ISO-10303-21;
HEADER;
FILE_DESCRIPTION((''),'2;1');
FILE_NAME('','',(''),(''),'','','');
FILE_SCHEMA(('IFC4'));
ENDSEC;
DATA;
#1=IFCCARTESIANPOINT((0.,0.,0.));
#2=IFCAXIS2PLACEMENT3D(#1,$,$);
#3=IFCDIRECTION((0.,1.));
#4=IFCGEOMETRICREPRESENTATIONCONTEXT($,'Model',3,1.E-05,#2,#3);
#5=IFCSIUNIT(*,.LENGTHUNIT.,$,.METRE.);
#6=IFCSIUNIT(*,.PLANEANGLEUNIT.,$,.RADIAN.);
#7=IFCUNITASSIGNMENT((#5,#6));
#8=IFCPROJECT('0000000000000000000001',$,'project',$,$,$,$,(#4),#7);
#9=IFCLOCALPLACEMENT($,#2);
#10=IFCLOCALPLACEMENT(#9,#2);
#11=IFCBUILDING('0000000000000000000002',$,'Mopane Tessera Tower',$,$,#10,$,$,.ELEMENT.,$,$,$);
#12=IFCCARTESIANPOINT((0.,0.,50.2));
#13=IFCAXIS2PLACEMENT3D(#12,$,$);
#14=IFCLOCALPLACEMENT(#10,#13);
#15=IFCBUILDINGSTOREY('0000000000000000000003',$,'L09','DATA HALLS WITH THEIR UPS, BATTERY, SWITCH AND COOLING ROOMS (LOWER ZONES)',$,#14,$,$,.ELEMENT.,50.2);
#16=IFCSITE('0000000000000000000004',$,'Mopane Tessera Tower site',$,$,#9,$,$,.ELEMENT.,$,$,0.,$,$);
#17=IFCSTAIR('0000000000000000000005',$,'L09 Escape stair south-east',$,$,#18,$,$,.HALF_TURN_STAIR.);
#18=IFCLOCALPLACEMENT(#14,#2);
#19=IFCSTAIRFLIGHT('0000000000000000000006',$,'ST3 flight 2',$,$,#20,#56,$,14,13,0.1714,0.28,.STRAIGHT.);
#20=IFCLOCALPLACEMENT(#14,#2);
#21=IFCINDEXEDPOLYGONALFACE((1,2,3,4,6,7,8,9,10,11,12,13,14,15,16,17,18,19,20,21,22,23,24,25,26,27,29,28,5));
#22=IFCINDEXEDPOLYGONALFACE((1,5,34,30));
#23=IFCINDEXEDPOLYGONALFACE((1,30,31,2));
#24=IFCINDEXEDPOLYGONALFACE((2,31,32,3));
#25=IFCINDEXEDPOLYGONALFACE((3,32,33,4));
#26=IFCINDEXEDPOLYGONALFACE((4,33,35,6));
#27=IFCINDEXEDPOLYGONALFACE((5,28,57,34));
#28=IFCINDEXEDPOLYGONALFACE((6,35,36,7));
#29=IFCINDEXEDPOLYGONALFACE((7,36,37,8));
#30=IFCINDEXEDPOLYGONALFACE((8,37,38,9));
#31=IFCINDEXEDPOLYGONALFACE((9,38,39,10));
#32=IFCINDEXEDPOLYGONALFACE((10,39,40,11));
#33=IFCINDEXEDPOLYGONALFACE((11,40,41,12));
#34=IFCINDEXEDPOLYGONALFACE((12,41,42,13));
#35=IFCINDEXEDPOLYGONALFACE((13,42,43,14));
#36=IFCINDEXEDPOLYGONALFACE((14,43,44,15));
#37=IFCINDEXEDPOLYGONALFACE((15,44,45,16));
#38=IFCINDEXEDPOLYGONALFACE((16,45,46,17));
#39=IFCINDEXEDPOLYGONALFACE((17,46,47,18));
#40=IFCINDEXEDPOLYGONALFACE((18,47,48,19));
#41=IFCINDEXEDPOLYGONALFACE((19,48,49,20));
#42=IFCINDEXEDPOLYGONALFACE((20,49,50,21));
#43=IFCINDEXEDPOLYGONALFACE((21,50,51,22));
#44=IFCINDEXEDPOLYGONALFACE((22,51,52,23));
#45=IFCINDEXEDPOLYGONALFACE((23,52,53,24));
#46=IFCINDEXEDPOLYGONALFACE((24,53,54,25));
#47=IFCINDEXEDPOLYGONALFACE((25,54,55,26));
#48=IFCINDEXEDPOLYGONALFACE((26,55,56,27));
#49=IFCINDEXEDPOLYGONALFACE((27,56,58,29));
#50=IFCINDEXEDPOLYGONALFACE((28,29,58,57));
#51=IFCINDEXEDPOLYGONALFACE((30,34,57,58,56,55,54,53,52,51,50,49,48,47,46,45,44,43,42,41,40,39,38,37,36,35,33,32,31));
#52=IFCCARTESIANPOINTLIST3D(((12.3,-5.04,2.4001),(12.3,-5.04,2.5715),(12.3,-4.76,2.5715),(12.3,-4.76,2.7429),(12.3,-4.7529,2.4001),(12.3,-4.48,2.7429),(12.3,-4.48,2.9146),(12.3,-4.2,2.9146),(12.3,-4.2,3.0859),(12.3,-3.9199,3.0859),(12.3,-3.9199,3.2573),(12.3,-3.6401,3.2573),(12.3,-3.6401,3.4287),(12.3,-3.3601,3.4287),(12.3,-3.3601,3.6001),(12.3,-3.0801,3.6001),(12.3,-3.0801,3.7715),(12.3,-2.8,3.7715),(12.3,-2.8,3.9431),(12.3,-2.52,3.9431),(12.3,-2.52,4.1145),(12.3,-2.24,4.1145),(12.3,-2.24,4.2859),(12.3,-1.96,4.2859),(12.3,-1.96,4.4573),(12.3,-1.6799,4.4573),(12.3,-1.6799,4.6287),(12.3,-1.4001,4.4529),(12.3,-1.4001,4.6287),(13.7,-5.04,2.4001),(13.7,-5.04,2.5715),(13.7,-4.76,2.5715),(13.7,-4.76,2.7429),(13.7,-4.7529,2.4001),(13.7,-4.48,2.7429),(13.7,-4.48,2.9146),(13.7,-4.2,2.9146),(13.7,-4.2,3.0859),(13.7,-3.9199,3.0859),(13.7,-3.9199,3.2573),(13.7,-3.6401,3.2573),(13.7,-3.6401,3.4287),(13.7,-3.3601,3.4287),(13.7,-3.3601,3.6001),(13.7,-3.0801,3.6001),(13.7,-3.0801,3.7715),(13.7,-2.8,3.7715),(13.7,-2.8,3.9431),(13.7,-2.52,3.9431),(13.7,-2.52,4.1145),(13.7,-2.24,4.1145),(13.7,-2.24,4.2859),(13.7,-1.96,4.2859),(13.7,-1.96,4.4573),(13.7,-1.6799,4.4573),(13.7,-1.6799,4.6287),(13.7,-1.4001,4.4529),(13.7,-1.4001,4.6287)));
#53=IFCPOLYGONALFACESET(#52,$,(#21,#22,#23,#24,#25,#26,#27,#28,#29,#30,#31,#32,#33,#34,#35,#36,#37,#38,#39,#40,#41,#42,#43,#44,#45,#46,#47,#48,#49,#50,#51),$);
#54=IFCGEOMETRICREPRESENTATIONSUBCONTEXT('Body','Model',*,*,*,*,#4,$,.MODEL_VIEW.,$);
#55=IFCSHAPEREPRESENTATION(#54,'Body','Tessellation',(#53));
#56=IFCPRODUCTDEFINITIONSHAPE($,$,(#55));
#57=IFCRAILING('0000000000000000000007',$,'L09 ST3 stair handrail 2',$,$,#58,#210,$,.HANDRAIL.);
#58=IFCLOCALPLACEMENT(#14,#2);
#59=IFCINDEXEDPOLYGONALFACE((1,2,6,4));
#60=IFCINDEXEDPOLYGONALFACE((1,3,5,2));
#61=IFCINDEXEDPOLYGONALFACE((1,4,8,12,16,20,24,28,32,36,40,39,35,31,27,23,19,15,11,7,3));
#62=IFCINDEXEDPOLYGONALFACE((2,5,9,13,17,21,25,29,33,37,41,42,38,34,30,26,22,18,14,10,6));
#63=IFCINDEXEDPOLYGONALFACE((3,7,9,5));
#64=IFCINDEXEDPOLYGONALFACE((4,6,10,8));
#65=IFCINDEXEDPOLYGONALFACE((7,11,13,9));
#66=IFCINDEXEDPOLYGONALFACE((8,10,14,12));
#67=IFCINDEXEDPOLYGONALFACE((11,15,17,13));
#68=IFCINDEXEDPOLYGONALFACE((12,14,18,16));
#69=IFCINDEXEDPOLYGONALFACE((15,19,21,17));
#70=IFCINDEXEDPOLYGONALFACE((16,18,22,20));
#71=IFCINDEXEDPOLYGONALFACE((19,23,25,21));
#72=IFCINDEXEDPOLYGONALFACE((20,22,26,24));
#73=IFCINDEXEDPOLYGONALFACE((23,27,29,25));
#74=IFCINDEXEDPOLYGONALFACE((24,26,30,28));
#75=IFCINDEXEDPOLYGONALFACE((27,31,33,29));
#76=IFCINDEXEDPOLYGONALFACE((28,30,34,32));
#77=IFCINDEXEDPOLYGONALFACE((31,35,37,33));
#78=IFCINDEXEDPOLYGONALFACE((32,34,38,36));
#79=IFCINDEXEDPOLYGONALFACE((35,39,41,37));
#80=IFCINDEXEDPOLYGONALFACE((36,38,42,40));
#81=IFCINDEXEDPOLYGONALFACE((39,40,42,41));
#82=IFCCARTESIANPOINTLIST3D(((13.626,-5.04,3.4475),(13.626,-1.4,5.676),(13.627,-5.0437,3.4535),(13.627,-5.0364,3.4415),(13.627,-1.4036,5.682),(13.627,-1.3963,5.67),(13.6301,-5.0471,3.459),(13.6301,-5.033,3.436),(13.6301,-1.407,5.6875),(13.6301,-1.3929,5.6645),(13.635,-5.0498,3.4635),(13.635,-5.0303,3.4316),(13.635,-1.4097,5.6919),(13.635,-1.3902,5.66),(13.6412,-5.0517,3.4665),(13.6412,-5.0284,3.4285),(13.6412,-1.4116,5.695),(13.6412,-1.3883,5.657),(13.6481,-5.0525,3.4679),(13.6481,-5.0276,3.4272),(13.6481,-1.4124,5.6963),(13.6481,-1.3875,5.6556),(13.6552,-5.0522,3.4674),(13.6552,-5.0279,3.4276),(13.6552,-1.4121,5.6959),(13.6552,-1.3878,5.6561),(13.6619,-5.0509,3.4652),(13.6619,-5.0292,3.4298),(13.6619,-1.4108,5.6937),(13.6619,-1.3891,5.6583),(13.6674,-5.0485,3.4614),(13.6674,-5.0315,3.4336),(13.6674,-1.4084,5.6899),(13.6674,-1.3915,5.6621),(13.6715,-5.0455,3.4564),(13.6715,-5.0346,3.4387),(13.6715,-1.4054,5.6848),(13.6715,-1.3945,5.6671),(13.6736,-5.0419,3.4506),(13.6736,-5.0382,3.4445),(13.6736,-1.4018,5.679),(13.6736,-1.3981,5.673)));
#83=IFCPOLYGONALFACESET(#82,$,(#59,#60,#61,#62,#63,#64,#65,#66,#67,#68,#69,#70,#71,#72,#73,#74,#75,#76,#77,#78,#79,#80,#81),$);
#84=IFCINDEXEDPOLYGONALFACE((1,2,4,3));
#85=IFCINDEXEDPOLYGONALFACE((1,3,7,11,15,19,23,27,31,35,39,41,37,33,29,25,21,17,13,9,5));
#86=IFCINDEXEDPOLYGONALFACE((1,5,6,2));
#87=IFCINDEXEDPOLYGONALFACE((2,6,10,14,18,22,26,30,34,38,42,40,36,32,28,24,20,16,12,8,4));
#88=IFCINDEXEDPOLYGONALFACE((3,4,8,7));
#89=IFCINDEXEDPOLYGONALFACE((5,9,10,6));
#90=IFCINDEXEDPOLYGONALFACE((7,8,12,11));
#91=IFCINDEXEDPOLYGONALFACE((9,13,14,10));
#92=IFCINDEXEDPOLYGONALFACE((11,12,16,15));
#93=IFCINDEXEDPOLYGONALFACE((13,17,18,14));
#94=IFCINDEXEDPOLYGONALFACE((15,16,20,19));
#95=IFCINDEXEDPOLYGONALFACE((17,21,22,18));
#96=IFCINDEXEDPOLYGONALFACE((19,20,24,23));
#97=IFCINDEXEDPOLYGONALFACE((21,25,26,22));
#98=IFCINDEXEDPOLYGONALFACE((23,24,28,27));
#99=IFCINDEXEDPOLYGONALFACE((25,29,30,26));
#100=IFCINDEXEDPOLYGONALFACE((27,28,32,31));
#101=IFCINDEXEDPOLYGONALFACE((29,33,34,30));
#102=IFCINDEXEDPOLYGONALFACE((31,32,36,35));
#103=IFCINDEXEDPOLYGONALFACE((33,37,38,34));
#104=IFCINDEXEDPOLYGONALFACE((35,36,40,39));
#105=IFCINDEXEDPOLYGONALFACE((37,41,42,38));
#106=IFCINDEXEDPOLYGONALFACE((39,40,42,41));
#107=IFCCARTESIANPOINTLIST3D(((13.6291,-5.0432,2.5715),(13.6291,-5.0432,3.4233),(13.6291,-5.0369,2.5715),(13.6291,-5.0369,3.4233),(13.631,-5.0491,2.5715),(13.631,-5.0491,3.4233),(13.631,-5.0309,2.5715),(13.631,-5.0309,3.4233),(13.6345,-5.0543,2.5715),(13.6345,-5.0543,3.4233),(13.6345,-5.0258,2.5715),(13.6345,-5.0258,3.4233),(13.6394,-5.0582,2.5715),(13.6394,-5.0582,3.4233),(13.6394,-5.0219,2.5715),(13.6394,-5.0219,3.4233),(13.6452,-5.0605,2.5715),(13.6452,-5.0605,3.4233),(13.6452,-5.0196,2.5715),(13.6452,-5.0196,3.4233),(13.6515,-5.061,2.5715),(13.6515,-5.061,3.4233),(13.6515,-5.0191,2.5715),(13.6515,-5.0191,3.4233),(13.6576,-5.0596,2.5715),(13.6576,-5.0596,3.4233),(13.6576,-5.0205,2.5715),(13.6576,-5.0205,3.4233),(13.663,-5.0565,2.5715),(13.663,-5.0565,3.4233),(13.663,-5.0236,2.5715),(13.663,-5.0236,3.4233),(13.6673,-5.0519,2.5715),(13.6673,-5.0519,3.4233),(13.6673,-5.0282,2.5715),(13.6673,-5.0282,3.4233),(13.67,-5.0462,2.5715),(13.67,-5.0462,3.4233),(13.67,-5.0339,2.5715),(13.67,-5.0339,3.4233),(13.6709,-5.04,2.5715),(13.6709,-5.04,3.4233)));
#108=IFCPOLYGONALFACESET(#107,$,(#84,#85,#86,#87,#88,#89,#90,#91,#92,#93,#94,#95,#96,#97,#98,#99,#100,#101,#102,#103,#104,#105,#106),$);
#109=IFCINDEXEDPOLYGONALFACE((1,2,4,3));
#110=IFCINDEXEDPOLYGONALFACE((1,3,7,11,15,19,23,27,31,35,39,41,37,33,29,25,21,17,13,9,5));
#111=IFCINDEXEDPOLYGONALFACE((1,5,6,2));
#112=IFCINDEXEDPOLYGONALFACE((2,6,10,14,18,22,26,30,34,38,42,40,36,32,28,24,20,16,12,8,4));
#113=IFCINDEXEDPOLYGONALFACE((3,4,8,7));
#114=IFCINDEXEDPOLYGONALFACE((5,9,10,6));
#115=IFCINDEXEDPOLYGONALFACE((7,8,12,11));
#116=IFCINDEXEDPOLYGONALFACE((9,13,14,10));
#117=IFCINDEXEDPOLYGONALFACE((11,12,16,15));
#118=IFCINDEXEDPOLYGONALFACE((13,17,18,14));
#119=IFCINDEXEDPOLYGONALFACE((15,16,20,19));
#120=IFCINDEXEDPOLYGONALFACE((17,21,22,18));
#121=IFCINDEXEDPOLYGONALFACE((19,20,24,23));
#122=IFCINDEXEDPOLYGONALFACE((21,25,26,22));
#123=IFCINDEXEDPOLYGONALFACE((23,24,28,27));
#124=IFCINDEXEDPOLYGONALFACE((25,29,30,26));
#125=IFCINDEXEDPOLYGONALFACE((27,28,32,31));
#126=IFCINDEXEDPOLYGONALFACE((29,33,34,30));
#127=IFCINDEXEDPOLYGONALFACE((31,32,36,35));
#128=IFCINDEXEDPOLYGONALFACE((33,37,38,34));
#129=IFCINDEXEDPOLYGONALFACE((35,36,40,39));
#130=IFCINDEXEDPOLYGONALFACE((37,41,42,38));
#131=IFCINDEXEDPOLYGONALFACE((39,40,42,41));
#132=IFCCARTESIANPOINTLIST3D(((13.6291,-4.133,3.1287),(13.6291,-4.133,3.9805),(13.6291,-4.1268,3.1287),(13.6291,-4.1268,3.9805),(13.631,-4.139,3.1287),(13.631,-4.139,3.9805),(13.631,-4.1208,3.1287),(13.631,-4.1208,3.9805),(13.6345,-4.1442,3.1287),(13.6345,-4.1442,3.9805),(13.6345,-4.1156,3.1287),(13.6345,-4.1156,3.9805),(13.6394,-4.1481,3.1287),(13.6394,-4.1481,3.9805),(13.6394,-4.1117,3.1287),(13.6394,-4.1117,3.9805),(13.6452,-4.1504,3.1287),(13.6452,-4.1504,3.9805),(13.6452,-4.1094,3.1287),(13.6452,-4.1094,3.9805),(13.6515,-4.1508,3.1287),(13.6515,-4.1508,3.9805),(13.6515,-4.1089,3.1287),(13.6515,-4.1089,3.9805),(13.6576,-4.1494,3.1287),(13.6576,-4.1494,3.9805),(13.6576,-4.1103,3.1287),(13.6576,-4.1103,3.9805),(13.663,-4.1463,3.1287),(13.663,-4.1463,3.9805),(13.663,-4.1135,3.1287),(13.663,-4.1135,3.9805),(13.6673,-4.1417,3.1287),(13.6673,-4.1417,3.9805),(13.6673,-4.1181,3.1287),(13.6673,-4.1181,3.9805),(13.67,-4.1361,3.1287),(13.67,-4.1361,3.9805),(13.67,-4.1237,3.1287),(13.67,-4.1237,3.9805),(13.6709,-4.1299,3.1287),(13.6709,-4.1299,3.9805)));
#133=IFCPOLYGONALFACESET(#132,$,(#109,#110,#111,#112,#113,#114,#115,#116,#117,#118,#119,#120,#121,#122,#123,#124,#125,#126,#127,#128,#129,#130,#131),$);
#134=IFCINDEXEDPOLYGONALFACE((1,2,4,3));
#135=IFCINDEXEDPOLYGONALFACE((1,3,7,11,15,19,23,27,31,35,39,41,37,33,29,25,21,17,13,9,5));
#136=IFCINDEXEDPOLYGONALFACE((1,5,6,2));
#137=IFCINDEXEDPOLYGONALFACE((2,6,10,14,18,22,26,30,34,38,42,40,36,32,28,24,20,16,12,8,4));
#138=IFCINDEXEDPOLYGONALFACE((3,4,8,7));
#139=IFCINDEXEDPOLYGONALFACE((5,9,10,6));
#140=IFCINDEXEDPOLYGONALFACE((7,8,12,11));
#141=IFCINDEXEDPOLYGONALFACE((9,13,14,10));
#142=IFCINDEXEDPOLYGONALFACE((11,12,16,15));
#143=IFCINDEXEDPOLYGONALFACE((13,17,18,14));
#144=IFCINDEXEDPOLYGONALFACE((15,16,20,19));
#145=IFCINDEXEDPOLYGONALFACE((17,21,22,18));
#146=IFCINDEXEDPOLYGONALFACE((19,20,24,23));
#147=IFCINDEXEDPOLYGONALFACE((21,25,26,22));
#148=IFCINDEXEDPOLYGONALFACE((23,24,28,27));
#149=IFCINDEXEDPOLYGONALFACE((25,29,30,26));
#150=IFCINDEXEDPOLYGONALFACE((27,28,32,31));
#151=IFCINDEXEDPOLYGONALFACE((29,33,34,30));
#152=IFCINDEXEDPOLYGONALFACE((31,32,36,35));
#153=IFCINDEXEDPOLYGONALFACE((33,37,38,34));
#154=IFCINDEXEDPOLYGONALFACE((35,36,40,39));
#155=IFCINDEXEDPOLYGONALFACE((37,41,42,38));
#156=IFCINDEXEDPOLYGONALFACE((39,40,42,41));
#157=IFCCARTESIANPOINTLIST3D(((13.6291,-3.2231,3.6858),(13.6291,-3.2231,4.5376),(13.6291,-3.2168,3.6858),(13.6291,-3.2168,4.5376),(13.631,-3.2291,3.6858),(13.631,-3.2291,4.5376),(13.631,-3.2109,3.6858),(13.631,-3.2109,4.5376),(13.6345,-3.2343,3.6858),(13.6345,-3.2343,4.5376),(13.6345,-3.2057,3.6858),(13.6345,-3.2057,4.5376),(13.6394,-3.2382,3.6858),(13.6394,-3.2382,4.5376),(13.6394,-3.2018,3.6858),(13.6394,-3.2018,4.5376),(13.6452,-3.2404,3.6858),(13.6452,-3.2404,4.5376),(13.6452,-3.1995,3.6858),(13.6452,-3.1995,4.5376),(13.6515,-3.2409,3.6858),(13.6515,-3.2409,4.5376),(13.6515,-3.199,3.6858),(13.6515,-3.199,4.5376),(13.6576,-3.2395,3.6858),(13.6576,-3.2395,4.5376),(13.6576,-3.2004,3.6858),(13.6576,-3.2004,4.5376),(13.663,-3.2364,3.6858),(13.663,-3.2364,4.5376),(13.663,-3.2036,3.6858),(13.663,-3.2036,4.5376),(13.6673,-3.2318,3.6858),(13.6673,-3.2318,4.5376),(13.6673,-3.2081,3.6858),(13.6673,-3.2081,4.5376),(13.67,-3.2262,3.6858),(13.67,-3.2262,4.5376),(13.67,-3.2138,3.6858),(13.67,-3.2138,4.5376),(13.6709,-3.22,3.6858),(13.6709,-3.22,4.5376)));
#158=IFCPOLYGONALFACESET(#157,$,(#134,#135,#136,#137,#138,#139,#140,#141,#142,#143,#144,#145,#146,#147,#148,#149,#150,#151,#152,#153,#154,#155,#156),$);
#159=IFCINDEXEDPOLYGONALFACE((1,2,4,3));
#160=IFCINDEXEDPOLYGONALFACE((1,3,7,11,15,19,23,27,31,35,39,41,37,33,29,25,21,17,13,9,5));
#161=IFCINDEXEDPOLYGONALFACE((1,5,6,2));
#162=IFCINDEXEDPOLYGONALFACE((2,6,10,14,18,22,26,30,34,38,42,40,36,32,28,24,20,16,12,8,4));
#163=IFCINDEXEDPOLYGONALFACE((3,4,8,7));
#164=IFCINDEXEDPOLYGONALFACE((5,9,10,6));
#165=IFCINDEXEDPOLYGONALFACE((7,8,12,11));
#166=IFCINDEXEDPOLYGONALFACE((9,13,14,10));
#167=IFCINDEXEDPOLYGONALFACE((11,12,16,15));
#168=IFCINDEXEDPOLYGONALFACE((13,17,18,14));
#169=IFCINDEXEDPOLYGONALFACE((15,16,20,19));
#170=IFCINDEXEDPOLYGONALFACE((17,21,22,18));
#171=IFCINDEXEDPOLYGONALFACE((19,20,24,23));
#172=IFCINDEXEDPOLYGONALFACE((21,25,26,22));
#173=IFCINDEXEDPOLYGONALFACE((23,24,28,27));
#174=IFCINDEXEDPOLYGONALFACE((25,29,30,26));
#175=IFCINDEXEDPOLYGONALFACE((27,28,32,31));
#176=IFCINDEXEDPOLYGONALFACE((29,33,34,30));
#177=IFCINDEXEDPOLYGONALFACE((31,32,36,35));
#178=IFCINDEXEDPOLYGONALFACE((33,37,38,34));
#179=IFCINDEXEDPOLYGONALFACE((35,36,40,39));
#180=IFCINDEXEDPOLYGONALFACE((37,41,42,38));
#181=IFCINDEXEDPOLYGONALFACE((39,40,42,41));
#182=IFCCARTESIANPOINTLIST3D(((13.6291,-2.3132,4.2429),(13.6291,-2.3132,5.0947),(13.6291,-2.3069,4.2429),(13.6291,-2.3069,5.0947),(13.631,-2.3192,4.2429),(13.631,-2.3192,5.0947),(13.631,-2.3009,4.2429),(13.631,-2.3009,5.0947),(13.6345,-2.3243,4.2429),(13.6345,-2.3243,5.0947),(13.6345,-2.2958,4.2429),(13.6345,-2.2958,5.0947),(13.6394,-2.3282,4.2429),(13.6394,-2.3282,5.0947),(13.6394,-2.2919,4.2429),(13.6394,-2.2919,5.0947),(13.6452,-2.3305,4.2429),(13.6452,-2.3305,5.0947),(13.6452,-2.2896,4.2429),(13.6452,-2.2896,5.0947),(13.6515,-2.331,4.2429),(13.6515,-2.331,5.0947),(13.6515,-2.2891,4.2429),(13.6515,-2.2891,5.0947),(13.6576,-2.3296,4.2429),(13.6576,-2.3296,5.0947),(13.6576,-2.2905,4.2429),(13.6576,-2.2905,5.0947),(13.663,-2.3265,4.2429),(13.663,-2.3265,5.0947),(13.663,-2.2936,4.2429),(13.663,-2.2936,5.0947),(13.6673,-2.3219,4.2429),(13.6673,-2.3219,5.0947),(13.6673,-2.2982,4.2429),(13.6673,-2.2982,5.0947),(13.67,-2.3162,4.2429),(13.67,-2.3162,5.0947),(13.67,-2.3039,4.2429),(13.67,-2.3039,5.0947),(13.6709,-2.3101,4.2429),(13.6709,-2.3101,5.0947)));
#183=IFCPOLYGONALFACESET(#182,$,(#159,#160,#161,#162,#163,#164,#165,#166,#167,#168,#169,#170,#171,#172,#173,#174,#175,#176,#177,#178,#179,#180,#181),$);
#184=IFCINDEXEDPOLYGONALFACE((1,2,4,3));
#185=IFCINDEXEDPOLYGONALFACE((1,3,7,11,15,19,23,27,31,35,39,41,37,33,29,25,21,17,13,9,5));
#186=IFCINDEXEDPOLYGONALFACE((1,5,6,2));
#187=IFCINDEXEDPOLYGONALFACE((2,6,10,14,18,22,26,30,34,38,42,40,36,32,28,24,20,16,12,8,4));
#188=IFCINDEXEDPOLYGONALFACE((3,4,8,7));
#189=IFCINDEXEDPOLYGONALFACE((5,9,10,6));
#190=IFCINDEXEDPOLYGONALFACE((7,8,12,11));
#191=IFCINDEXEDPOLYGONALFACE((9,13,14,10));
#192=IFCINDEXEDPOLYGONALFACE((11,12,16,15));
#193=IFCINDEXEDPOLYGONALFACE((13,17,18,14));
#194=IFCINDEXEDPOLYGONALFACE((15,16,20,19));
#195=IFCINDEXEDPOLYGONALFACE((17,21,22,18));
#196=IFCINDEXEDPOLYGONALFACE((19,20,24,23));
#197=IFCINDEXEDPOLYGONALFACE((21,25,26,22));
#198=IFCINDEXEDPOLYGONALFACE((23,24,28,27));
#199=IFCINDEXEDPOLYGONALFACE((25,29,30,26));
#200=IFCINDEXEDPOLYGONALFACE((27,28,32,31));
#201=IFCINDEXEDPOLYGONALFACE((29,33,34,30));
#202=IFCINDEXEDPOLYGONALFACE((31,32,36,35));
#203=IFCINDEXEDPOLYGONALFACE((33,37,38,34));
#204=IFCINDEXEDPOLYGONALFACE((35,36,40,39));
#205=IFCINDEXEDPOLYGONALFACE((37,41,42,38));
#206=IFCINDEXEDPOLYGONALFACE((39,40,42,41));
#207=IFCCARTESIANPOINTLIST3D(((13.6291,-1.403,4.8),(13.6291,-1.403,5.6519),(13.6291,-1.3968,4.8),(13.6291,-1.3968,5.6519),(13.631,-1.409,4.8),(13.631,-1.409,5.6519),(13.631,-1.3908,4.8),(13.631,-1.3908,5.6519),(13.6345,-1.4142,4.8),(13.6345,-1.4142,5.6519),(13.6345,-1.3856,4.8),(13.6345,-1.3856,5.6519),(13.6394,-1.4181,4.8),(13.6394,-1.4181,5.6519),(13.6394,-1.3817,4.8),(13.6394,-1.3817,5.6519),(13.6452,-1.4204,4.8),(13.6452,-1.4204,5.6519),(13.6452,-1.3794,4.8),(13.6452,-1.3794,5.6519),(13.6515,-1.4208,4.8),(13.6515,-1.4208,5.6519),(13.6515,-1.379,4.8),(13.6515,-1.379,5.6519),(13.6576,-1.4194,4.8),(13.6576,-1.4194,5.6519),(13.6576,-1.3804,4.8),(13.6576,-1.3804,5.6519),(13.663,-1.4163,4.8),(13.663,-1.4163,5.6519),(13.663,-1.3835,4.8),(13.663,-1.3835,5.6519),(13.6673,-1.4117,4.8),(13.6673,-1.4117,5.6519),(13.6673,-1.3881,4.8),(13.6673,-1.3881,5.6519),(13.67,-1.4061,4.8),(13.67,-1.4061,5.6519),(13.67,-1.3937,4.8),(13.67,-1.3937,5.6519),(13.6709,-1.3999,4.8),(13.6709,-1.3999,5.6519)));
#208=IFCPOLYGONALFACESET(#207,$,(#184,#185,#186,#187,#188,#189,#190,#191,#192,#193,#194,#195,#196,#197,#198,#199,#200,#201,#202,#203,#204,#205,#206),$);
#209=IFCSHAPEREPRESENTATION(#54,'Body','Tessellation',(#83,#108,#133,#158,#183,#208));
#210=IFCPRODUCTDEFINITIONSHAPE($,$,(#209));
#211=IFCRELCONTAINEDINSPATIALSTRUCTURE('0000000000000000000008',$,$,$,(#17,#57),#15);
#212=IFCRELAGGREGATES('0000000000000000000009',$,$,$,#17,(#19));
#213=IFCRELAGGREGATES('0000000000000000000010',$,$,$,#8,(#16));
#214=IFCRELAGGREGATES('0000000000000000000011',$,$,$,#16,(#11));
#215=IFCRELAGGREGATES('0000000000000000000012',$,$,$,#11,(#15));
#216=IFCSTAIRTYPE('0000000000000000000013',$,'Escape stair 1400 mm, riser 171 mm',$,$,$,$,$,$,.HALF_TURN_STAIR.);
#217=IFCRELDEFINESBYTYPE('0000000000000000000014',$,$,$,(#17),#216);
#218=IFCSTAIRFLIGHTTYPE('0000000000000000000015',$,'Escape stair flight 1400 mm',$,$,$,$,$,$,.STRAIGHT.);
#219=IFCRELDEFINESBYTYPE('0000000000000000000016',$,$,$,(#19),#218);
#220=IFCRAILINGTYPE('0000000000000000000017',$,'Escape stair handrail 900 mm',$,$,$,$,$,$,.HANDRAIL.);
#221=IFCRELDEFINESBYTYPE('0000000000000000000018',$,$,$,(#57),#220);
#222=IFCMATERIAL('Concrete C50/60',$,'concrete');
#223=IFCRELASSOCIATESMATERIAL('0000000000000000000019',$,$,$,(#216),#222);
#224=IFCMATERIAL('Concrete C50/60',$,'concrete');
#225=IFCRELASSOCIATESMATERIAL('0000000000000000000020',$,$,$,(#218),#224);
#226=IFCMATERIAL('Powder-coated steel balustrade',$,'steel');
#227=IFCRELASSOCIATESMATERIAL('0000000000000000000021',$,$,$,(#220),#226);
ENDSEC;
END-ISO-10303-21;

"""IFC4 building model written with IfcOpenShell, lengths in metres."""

from ifc_helpers import new_model, si_unit, direction, frame, origin, origin_2d, place, context, subcontext, project, spatial, polyline, circle, outline, extrude, material, type_object, element, aggregate, save


model = new_model("IFC4")

# Units and contexts
model_context = context("Model", 3, precision=1e-05, world=origin(), true_north=direction((0.0, 1.0)))
body_context = subcontext(model_context, "Body", "Model", "MODEL_VIEW")
ifc_project = project(units=[si_unit("LENGTHUNIT", "METRE"), si_unit("PLANEANGLEUNIT", "RADIAN")], contexts=[model_context])

# Site, building, storey
site_placement = place(None, origin())
site = spatial("IfcSite", under=ifc_project, at=site_placement, Name="Mopane Tessera Tower site", CompositionType="ELEMENT", RefElevation=0.0)
building_placement = place(site_placement, origin())
building = spatial("IfcBuilding", under=site, at=building_placement, Name="Mopane Tessera Tower", CompositionType="ELEMENT")
storey_placement = place(building_placement, frame((0.0, 0.0, 50.2)))
storey = spatial("IfcBuildingStorey", under=building, at=storey_placement, Name="L09", Description="DATA HALLS WITH THEIR UPS, BATTERY, SWITCH AND COOLING ROOMS (LOWER ZONES)", CompositionType="ELEMENT", Elevation=50.2)

# Stair, stair flight
ifc_material_1 = material(Name="Concrete C50/60", Category="concrete")
stair_type = type_object("IfcStairType", Name="Escape stair 1400 mm, riser 171 mm", PredefinedType="HALF_TURN_STAIR", material=ifc_material_1)
stair_placement = place(storey_placement, origin())
stair = element("IfcStair", 1, at=stair_placement, inside=storey, type_object=stair_type, Name="L09 Escape stair south-east", PredefinedType="HALF_TURN_STAIR")
ifc_material_2 = material(Name="Concrete C50/60", Category="concrete")
stair_flight_type = type_object("IfcStairFlightType", Name="Escape stair flight 1400 mm", PredefinedType="STRAIGHT", material=ifc_material_2)
stair_flight_placement = place(storey_placement, frame((13.0, -5.04, 2.4001), z_axis=(0.0, 0.0, 1.0), x_axis=(0.0, 1.0, 0.0)))
stair_flight = element("IfcStairFlight", 2, at=stair_flight_placement, type_object=stair_flight_type, Name="ST3 flight 2", NumberOfRisers=14, NumberOfTreads=13, PredefinedType="STRAIGHT", RiserHeight=0.1714, TreadLength=0.28, context=body_context, shape_type="SweptSolid", body=[
    extrude(outline(polyline([(0.0, 0.0), (0.0, 0.1714), (0.28, 0.1714), (0.28, 0.3428), (0.5601, 0.3428), (0.5601, 0.5144), (0.8401, 0.5144), (0.8401, 0.6858), (1.1201, 0.6858), (1.1201, 0.8572), (1.3999, 0.8572), (1.3999, 1.0286), (1.6799, 1.0286), (1.6799, 1.2), (1.96, 1.2), (1.96, 1.3713), (2.24, 1.3713), (2.24, 1.543), (2.52, 1.543), (2.52, 1.7144), (2.8, 1.7144), (2.8, 1.8857), (3.0801, 1.8857), (3.0801, 2.0571), (3.3601, 2.0571), (3.3601, 2.2285), (3.6399, 2.2285), (3.6399, 2.3999), (3.6399, 2.0527), (0.2871, 0.0), (0.0, 0.0)])), frame((0.0, 0.7, 0.0), z_axis=(0.0, -1.0, 0.0), x_axis=(1.0, 0.0, 0.0)), (0.0, 0.0, 1.0), 1.3999),
])
aggregate(stair, [stair_flight])

# Railing
ifc_material_3 = material(Name="Powder-coated steel balustrade", Category="steel")
railing_type_1 = type_object("IfcRailingType", Name="Escape stair handrail 900 mm", PredefinedType="HANDRAIL", material=ifc_material_3)
railing_1_placement = place(storey_placement, frame((13.6499, -5.04, 2.5715)))
element("IfcRailing", 3, at=railing_1_placement, inside=storey, type_object=railing_type_1, Name="L09 ST3 stair handrail 2", PredefinedType="HANDRAIL", context=body_context, shape_type="SweptSolid", body=[
    extrude(circle(Radius=0.0239, at=origin_2d()), frame((0.0, 0.0, 0.876), z_axis=(0.0, 0.852866, 0.52213), x_axis=(-1.0, 0.0, 0.0)), (0.0, 0.0, 1.0), 4.2681),
    extrude(circle(Radius=0.021, at=origin_2d()), origin(), (0.0, 0.0, 1.0), 0.8518),
    extrude(circle(Radius=0.021, at=origin_2d()), frame((0.0, 0.9102, 0.5571)), (0.0, 0.0, 1.0), 0.8518),
    extrude(circle(Radius=0.021, at=origin_2d()), frame((0.0, 1.8201, 1.1143)), (0.0, 0.0, 1.0), 0.8518),
    extrude(circle(Radius=0.021, at=origin_2d()), frame((0.0, 2.73, 1.6714)), (0.0, 0.0, 1.0), 0.8518),
    extrude(circle(Radius=0.021, at=origin_2d()), frame((0.0, 3.6401, 2.2285)), (0.0, 0.0, 1.0), 0.8518),
])

save(model, "model.ifc")
